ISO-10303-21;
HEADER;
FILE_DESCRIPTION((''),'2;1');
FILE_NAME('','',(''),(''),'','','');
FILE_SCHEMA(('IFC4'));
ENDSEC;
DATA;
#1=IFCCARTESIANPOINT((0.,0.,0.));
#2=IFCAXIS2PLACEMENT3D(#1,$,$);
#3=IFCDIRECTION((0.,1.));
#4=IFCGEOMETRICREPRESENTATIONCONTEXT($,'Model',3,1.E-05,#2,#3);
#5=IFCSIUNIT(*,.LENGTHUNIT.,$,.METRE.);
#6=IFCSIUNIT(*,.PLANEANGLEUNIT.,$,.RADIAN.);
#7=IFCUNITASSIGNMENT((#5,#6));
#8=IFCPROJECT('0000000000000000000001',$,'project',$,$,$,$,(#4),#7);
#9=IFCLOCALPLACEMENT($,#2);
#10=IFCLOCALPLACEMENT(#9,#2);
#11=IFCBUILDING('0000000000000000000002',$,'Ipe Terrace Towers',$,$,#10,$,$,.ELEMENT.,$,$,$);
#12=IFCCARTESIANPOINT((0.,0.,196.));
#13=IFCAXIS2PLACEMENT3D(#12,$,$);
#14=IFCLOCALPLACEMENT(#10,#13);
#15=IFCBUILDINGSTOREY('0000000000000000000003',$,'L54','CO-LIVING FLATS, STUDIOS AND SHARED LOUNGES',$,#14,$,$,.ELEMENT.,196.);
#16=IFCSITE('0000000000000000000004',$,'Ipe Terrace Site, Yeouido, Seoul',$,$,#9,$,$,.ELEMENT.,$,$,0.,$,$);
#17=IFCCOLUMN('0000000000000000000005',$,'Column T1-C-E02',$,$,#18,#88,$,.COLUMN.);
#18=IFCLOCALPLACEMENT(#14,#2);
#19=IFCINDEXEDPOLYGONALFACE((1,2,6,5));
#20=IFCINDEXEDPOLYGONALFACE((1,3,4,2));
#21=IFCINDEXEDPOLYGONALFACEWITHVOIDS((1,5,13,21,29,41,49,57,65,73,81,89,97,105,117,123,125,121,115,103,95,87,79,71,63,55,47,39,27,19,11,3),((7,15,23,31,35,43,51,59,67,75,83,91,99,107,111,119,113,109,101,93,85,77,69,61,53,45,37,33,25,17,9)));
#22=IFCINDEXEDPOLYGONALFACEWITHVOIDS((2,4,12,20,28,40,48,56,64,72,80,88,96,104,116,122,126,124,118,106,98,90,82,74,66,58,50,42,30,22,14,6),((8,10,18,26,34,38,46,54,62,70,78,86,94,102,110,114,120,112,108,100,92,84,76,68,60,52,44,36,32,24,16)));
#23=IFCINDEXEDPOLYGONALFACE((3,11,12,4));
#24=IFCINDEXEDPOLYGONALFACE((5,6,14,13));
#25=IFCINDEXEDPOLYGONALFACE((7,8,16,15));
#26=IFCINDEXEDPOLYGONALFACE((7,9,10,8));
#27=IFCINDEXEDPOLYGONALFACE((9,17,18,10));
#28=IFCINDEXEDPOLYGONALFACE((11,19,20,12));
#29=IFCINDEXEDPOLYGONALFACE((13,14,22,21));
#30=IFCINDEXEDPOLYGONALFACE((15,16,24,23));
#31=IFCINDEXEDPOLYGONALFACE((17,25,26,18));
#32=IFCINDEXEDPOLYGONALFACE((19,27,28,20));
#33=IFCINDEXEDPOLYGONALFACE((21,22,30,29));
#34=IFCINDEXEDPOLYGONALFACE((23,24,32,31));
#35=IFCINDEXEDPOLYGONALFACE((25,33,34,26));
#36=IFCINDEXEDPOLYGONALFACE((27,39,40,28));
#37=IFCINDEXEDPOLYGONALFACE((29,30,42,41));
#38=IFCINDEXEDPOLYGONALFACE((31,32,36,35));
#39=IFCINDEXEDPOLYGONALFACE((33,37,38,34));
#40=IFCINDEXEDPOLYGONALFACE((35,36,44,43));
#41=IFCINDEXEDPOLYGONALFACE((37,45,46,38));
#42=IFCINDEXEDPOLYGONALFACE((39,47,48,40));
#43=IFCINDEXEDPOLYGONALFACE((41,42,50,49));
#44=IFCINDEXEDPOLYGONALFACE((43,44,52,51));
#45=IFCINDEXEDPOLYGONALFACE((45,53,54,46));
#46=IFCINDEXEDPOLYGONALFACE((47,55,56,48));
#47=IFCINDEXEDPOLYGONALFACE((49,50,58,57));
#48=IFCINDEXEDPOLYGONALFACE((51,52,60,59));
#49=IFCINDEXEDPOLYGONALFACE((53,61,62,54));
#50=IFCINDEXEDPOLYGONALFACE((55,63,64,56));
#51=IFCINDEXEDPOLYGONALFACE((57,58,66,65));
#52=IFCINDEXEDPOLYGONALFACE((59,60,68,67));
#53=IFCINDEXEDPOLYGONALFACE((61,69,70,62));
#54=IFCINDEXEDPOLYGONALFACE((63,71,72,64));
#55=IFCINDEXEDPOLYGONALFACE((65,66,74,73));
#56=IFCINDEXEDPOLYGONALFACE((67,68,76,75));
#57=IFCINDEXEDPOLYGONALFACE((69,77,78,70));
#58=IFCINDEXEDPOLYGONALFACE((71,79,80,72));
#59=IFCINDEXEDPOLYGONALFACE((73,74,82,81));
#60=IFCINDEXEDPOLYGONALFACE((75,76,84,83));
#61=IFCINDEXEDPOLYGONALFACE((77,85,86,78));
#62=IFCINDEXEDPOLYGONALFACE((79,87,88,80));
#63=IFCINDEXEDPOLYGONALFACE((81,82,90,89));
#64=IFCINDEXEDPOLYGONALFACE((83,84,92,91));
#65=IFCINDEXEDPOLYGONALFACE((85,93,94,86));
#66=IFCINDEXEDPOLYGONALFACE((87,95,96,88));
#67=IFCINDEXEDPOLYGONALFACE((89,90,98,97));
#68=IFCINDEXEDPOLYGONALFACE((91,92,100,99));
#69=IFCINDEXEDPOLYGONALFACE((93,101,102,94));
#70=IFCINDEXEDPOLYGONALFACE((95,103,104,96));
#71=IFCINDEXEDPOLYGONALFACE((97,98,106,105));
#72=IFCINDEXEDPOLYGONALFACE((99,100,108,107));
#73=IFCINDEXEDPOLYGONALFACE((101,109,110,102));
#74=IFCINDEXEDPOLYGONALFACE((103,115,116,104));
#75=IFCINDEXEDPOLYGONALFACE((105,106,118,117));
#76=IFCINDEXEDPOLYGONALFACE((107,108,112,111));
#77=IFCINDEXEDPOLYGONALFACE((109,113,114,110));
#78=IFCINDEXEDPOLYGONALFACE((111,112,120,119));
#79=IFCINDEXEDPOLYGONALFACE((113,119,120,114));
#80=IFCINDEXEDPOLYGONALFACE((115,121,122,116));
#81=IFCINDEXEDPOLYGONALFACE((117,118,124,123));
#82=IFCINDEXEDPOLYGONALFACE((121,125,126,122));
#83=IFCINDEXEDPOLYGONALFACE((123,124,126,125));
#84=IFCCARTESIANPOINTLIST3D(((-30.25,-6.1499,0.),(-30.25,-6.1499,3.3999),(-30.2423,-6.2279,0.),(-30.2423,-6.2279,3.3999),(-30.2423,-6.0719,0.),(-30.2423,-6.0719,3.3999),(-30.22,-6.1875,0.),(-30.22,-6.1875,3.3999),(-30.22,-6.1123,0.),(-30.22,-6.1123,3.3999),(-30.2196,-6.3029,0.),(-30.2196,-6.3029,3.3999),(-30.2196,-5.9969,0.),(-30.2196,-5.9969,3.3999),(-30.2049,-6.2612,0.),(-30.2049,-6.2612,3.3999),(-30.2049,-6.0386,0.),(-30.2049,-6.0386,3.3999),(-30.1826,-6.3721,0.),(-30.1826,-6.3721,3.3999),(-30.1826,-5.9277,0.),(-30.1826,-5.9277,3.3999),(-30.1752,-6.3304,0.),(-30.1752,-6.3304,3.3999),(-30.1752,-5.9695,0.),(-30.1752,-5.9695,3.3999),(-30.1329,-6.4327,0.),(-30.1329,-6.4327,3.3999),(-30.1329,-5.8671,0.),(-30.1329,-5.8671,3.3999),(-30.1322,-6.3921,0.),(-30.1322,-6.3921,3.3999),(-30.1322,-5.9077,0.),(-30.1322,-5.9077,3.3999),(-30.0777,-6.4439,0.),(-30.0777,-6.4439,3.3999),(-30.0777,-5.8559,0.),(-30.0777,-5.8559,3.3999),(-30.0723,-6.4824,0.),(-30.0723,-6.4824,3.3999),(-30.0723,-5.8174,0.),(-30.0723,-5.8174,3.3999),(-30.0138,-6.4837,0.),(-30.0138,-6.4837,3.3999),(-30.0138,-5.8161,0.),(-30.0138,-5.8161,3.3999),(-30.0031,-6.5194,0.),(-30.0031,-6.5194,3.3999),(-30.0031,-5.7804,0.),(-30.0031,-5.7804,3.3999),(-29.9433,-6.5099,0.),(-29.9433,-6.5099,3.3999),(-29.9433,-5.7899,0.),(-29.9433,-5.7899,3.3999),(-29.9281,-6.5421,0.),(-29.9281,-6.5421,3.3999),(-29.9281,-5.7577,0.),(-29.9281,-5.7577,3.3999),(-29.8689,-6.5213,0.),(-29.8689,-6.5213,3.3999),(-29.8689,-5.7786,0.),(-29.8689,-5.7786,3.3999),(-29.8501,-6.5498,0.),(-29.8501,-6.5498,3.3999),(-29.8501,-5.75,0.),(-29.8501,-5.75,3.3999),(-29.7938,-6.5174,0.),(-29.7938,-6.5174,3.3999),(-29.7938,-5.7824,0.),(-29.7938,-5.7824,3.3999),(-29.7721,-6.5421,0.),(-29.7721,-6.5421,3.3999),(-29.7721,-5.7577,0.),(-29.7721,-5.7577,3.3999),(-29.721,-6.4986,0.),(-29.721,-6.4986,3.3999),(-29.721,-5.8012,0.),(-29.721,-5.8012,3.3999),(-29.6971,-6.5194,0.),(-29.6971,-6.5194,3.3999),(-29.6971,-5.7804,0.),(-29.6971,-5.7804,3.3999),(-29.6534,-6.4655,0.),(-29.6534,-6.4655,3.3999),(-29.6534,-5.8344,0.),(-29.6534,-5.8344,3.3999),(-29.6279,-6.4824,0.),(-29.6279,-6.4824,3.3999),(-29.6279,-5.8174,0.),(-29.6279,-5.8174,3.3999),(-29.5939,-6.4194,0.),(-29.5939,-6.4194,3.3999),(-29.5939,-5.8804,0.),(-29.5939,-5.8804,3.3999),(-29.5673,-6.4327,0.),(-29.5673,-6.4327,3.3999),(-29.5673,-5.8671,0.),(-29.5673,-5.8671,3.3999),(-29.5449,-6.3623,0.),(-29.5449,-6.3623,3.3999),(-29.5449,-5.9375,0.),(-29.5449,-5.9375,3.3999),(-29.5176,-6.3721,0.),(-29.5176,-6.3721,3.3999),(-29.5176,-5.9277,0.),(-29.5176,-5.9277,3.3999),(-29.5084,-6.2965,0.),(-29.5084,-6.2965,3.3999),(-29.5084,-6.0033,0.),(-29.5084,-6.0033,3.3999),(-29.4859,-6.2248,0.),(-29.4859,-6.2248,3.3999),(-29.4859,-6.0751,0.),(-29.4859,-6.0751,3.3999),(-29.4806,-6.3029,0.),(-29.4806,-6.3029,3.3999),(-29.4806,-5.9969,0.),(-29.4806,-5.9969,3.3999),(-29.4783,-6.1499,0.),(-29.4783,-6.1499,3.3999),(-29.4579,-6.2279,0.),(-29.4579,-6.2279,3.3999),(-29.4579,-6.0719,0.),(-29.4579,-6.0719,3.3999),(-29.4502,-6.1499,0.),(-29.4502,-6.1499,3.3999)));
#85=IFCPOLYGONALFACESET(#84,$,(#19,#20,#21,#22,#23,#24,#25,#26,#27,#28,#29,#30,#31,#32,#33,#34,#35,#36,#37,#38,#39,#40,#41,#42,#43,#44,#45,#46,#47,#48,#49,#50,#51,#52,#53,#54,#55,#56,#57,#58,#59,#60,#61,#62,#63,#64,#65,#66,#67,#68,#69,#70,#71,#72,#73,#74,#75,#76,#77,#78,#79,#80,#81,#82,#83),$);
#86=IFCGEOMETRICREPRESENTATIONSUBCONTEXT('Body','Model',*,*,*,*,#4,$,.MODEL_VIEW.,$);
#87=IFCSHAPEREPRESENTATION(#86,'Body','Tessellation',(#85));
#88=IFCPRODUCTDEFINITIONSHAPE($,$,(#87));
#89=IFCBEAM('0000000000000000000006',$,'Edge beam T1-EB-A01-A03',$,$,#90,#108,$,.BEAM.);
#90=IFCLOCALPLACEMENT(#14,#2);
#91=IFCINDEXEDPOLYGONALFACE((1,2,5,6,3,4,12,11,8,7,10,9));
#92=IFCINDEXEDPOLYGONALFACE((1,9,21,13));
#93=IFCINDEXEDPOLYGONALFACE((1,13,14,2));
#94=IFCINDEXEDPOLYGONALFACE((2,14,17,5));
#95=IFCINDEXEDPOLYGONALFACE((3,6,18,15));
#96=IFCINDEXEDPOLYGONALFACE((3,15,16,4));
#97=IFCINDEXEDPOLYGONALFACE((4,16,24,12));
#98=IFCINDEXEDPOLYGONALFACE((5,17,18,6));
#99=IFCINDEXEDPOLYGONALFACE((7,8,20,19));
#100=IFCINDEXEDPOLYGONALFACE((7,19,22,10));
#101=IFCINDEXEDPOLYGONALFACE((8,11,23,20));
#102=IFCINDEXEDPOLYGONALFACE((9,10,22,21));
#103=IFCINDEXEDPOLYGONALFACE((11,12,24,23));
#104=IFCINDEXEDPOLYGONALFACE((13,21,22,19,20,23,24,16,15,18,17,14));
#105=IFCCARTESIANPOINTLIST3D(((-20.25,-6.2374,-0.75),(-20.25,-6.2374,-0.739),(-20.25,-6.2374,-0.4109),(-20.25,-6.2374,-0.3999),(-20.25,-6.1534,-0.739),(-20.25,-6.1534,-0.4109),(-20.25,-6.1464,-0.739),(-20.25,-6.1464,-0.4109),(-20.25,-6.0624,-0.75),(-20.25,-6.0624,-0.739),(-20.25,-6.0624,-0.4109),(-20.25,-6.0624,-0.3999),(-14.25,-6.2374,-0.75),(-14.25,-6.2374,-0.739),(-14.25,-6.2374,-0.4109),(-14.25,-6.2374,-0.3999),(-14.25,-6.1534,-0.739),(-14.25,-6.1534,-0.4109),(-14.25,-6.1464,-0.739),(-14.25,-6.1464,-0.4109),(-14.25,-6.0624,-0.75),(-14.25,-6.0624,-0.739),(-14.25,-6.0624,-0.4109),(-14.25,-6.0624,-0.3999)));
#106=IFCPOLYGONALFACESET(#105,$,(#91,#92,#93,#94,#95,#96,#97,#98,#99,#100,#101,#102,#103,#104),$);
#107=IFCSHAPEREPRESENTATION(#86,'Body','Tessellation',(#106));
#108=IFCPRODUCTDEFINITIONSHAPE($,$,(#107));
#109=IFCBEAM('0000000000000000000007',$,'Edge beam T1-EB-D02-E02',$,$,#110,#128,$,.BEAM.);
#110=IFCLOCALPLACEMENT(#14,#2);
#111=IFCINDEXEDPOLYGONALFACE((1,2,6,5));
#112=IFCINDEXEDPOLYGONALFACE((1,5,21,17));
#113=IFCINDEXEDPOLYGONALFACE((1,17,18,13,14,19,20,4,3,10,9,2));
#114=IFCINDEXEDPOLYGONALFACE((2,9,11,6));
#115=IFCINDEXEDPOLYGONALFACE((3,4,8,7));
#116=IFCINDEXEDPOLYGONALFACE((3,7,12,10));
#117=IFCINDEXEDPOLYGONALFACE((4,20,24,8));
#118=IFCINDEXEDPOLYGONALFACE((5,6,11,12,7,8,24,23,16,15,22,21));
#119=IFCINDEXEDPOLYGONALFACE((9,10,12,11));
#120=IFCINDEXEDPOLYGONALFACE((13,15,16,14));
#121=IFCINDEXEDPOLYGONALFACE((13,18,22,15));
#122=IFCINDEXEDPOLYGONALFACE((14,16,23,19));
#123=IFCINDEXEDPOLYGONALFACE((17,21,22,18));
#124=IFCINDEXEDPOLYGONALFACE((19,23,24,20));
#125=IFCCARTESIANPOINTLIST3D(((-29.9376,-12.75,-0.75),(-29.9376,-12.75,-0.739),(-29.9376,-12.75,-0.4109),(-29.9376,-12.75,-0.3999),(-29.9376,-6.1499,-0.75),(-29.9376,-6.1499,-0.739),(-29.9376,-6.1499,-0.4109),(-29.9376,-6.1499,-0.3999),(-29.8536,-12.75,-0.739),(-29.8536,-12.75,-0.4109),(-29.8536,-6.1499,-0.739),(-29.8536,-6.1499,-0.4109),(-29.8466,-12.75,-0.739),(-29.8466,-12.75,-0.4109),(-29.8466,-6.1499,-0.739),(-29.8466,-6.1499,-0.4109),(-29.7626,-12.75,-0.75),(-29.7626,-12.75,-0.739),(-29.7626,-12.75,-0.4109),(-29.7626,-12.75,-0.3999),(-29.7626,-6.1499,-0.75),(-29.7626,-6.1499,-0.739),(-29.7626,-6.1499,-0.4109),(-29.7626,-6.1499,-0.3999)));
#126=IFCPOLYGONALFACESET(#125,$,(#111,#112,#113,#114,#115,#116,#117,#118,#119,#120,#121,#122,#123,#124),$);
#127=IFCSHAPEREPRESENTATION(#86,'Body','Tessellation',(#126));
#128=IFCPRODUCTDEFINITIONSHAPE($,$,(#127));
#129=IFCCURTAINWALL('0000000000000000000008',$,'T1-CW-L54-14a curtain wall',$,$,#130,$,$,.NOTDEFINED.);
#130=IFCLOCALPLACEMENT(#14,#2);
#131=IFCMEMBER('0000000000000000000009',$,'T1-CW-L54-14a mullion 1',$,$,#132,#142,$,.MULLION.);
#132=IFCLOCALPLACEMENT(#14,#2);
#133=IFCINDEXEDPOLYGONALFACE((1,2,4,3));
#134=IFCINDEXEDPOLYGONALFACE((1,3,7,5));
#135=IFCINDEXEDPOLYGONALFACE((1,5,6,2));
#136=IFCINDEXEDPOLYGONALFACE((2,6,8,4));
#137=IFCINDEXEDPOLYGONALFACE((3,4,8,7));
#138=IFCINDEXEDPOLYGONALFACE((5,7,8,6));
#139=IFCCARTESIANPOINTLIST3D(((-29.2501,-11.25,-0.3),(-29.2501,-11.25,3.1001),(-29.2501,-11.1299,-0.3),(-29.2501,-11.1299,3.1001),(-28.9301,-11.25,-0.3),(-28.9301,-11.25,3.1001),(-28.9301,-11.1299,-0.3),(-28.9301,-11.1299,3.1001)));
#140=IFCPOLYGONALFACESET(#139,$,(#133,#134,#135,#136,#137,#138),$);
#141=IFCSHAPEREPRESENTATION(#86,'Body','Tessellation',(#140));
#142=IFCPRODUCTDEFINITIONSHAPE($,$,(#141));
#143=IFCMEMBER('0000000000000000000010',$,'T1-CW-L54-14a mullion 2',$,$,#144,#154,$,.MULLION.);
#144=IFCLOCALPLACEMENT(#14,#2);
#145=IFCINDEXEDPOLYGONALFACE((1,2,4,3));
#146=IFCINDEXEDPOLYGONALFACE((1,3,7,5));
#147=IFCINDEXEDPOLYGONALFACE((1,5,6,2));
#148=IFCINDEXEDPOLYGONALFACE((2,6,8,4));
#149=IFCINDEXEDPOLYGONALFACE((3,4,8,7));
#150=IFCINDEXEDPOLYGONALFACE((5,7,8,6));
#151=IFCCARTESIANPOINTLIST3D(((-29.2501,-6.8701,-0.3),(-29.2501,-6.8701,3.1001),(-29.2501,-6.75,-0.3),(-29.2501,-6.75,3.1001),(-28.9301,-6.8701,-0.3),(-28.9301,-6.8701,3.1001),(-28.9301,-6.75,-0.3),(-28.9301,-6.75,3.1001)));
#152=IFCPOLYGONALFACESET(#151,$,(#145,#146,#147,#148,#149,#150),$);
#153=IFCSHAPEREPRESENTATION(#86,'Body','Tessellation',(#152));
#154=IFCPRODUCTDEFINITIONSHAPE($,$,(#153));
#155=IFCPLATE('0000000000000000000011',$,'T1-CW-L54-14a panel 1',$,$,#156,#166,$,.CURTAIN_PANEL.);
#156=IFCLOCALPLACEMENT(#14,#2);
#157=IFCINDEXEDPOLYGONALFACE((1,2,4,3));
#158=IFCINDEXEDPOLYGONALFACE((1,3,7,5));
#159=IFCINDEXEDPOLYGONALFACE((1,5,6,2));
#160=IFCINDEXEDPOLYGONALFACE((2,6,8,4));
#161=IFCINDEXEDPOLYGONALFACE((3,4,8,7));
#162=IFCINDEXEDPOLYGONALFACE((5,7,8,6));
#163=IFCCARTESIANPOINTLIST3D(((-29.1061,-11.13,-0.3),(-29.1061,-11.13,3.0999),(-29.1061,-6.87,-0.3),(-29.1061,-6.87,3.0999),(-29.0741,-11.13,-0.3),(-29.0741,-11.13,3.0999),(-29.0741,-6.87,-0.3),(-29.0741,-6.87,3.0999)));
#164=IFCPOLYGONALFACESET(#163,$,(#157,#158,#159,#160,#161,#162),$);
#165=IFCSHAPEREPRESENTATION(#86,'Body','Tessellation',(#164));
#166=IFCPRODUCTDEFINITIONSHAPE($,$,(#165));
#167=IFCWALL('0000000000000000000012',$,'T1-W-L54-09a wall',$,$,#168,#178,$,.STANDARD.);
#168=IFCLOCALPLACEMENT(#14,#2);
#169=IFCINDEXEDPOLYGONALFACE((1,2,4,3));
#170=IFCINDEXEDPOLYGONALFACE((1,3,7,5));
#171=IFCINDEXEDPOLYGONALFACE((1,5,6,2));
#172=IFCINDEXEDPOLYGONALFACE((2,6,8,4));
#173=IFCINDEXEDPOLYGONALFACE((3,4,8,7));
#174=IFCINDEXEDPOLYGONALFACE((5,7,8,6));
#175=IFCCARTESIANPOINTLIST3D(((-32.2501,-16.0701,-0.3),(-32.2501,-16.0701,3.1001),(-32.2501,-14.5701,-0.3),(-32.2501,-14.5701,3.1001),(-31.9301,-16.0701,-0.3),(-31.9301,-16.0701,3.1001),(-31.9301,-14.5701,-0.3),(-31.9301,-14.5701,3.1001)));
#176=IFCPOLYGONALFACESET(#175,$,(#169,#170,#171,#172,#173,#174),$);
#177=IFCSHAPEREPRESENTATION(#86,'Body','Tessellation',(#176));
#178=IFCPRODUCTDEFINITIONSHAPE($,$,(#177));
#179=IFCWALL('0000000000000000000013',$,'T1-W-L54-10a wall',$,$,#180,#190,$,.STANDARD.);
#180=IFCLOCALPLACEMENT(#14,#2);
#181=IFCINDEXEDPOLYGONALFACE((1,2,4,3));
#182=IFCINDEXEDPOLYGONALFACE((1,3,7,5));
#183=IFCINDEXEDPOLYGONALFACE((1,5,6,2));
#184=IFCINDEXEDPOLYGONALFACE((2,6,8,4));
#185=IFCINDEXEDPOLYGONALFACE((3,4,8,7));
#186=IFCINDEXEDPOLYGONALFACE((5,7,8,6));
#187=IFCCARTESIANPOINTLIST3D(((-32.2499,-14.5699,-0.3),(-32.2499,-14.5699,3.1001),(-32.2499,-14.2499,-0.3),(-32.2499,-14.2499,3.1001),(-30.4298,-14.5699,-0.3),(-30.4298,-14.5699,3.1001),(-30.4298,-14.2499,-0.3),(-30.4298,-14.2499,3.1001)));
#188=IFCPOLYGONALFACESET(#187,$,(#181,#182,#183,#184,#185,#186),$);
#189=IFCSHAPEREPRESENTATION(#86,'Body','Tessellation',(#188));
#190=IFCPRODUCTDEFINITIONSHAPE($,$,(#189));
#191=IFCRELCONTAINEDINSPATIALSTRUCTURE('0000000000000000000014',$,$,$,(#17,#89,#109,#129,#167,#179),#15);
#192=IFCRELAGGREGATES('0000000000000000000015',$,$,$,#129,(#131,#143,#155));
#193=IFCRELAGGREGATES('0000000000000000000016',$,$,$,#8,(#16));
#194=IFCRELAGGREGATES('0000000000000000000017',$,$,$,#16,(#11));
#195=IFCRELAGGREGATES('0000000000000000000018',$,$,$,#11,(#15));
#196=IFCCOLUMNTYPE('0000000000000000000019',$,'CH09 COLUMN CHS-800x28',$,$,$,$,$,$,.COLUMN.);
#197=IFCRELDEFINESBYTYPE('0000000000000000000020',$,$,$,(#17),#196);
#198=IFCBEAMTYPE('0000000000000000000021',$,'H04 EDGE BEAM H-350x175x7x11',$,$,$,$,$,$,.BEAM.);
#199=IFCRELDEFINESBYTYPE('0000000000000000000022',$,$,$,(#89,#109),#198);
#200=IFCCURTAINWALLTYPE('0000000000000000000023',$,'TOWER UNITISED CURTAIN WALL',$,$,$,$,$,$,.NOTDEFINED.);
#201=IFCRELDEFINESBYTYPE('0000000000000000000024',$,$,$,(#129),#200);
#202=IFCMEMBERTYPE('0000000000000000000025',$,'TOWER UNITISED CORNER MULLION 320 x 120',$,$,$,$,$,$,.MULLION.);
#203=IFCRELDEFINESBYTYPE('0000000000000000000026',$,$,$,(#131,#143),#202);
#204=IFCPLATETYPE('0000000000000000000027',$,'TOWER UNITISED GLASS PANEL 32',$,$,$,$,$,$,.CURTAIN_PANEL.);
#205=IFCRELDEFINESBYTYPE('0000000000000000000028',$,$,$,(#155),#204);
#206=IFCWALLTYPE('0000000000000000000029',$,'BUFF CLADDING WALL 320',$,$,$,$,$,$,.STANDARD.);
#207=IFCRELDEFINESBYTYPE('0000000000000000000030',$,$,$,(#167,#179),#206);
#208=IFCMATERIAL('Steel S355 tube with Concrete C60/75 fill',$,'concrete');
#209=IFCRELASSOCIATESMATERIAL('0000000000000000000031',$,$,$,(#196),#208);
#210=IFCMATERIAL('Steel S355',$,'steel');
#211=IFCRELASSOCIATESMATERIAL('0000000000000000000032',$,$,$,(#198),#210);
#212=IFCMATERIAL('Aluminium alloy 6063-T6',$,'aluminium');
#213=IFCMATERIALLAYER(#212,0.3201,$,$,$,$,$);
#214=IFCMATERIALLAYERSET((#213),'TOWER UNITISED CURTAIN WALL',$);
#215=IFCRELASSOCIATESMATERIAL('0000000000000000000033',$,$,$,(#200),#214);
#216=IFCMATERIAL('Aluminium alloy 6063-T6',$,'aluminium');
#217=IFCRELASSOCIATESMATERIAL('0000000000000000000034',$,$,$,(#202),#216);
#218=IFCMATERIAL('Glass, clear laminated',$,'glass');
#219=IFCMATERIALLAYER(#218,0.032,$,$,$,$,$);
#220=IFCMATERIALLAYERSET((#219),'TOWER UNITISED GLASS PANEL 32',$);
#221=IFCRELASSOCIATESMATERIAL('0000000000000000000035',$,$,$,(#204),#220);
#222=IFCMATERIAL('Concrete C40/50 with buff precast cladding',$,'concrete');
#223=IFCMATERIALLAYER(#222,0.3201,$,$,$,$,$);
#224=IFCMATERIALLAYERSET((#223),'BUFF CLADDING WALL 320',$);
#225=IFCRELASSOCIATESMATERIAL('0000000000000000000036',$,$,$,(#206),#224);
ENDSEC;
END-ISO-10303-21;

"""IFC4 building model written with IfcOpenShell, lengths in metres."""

from ifc_helpers import new_model, si_unit, direction, frame, frame_2d, origin, origin_2d, place, context, subcontext, project, spatial, rectangle, hollow_circle, i_section, extrude, material, layer, layer_set, material_profile, profile_set, type_object, element, aggregate, save


model = new_model("IFC4")

# Units and contexts
model_context = context("Model", 3, precision=1e-05, world=origin(), true_north=direction((0.0, 1.0)))
body_context = subcontext(model_context, "Body", "Model", "MODEL_VIEW")
ifc_project = project(units=[si_unit("LENGTHUNIT", "METRE"), si_unit("PLANEANGLEUNIT", "RADIAN")], contexts=[model_context])

# Site, building, storey
site_placement = place(None, origin())
site = spatial("IfcSite", under=ifc_project, at=site_placement, Name="Ipe Terrace Site, Yeouido, Seoul", CompositionType="ELEMENT", RefElevation=0.0)
building_placement = place(site_placement, origin())
building = spatial("IfcBuilding", under=site, at=building_placement, Name="Ipe Terrace Towers", CompositionType="ELEMENT")
storey_placement = place(building_placement, frame((0.0, 0.0, 196.0)))
storey = spatial("IfcBuildingStorey", under=building, at=storey_placement, Name="L54", Description="CO-LIVING FLATS, STUDIOS AND SHARED LOUNGES", CompositionType="ELEMENT", Elevation=196.0)

# Column
ifc_material_1 = material(Name="Steel S355 tube with Concrete C60/75 fill", Category="concrete")
ifc_material_profile_1 = material_profile(ifc_material_1, hollow_circle(Radius=0.3999, WallThickness=0.0281, at=origin_2d()), Name="CHS-800x28")
ifc_profile_set_1 = profile_set([ifc_material_profile_1], Name="Steel S355 tube with Concrete C60/75 fill")
column_type_1 = type_object("IfcColumnType", Name="CH09 COLUMN CHS-800x28", PredefinedType="COLUMN", material=ifc_profile_set_1)
column_placement = place(storey_placement, frame((-29.8501, -6.1499, 0.0), z_axis=(0.0, 0.0, 1.0), x_axis=(1.0, 0.0, 0.0)))
element("IfcColumn", 1, at=column_placement, inside=storey, type_object=column_type_1, Name="Column T1-C-E02", PredefinedType="COLUMN", context=body_context, shape_type="SweptSolid", body=[
    extrude(hollow_circle(Radius=0.3999, WallThickness=0.0281, at=origin_2d()), origin(), (0.0, 0.0, 1.0), 3.3999),
])

# Beams
ifc_material_2 = material(Name="Steel S355", Category="steel")
ifc_material_profile_2 = material_profile(ifc_material_2, i_section(OverallWidth=0.175, OverallDepth=0.3501, WebThickness=0.0071, FlangeThickness=0.011, at=origin_2d()), Name="H-350x175x7x11")
ifc_profile_set_2 = profile_set([ifc_material_profile_2], Name="Steel S355")
beam_type = type_object("IfcBeamType", Name="H04 EDGE BEAM H-350x175x7x11", PredefinedType="BEAM", material=ifc_profile_set_2)
beam_1_placement = place(storey_placement, frame((-20.25, -6.1499, -0.575), z_axis=(1.0, 0.0, 0.0), x_axis=(0.0, 1.0, 0.0)))
element("IfcBeam", 2, at=beam_1_placement, inside=storey, type_object=beam_type, Name="Edge beam T1-EB-A01-A03", PredefinedType="BEAM", context=body_context, shape_type="SweptSolid", body=[
    extrude(i_section(OverallWidth=0.175, OverallDepth=0.3501, WebThickness=0.0071, FlangeThickness=0.011, at=origin_2d()), origin(), (0.0, 0.0, 1.0), 6.0),
])
beam_2_placement = place(storey_placement, frame((-29.8501, -12.75, -0.575), z_axis=(0.0, 1.0, 0.0), x_axis=(-1.0, 0.0, 0.0)))
element("IfcBeam", 3, at=beam_2_placement, inside=storey, type_object=beam_type, Name="Edge beam T1-EB-D02-E02", PredefinedType="BEAM", context=body_context, shape_type="SweptSolid", body=[
    extrude(i_section(OverallWidth=0.175, OverallDepth=0.3501, WebThickness=0.0071, FlangeThickness=0.011, at=origin_2d()), origin(), (0.0, 0.0, 1.0), 6.6001),
])

# Curtain wall, members, plate
ifc_material_3 = material(Name="Aluminium alloy 6063-T6", Category="aluminium")
ifc_layer_1 = layer(ifc_material_3, 0.3201)
ifc_layer_set_1 = layer_set([ifc_layer_1], Name="TOWER UNITISED CURTAIN WALL")
curtain_wall_type = type_object("IfcCurtainWallType", Name="TOWER UNITISED CURTAIN WALL", PredefinedType="NOTDEFINED", material=ifc_layer_set_1)
curtain_wall_placement = place(storey_placement, origin())
curtain_wall = element("IfcCurtainWall", 4, at=curtain_wall_placement, inside=storey, type_object=curtain_wall_type, Name="T1-CW-L54-14a curtain wall", PredefinedType="NOTDEFINED")
ifc_material_4 = material(Name="Aluminium alloy 6063-T6", Category="aluminium")
ifc_material_profile_3 = material_profile(ifc_material_4, rectangle(XDim=0.3201, YDim=0.1201, at=origin_2d()), Name="TOWER UNITISED CORNER MULLION 320 x 120")
ifc_profile_set_3 = profile_set([ifc_material_profile_3], Name="Aluminium alloy 6063-T6")
member_type = type_object("IfcMemberType", Name="TOWER UNITISED CORNER MULLION 320 x 120", PredefinedType="MULLION", material=ifc_profile_set_3)
member_1_placement = place(storey_placement, frame((-29.0901, -11.1899, -0.3), z_axis=(0.0, 0.0, 1.0), x_axis=(1.0, 0.0, 0.0)))
member_1 = element("IfcMember", 5, at=member_1_placement, type_object=member_type, Name="T1-CW-L54-14a mullion 1", PredefinedType="MULLION", context=body_context, shape_type="SweptSolid", body=[
    extrude(rectangle(XDim=0.3201, YDim=0.1201, at=origin_2d()), origin(), (0.0, 0.0, 1.0), 3.4001),
])
member_2_placement = place(storey_placement, frame((-29.0901, -6.8101, -0.3), z_axis=(0.0, 0.0, 1.0), x_axis=(1.0, 0.0, 0.0)))
member_2 = element("IfcMember", 6, at=member_2_placement, type_object=member_type, Name="T1-CW-L54-14a mullion 2", PredefinedType="MULLION", context=body_context, shape_type="SweptSolid", body=[
    extrude(rectangle(XDim=0.3201, YDim=0.1201, at=origin_2d()), origin(), (0.0, 0.0, 1.0), 3.4001),
])
ifc_material_5 = material(Name="Glass, clear laminated", Category="glass")
ifc_layer_2 = layer(ifc_material_5, 0.032)
ifc_layer_set_2 = layer_set([ifc_layer_2], Name="TOWER UNITISED GLASS PANEL 32")
plate_type = type_object("IfcPlateType", Name="TOWER UNITISED GLASS PANEL 32", PredefinedType="CURTAIN_PANEL", material=ifc_layer_set_2)
plate_placement = place(storey_placement, frame((-29.0901, -9.0, -0.3), z_axis=(0.0, 0.0, 1.0), x_axis=(0.0, 1.0, 0.0)))
plate = element("IfcPlate", 7, at=plate_placement, type_object=plate_type, Name="T1-CW-L54-14a panel 1", PredefinedType="CURTAIN_PANEL", context=body_context, shape_type="SweptSolid", body=[
    extrude(rectangle(XDim=4.26, YDim=0.032, at=origin_2d()), origin(), (0.0, 0.0, 1.0), 3.3999),
])
aggregate(curtain_wall, [member_1, member_2, plate])

# Walls
ifc_material_6 = material(Name="Concrete C40/50 with buff precast cladding", Category="concrete")
ifc_layer_3 = layer(ifc_material_6, 0.3201)
ifc_layer_set_3 = layer_set([ifc_layer_3], Name="BUFF CLADDING WALL 320")
wall_type_1 = type_object("IfcWallType", Name="BUFF CLADDING WALL 320", PredefinedType="STANDARD", material=ifc_layer_set_3)
wall_1_placement = place(storey_placement, frame((-32.0901, -16.0701, -0.3), z_axis=(0.0, 0.0, 1.0), x_axis=(0.0, 1.0, 0.0)))
element("IfcWall", 8, at=wall_1_placement, inside=storey, type_object=wall_type_1, Name="T1-W-L54-09a wall", PredefinedType="STANDARD", context=body_context, shape_type="SweptSolid", body=[
    extrude(rectangle(XDim=1.5, YDim=0.3201, at=frame_2d((0.75, 0.0))), origin(), (0.0, 0.0, 1.0), 3.4001),
])
wall_2_placement = place(storey_placement, frame((-32.25, -14.4099, -0.3), z_axis=(0.0, 0.0, 1.0), x_axis=(1.0, 0.0, 0.0)))
element("IfcWall", 9, at=wall_2_placement, inside=storey, type_object=wall_type_1, Name="T1-W-L54-10a wall", PredefinedType="STANDARD", context=body_context, shape_type="SweptSolid", body=[
    extrude(rectangle(XDim=1.8201, YDim=0.3201, at=frame_2d((0.9102, 0.0))), origin(), (0.0, 0.0, 1.0), 3.4001),
])

save(model, "model.ifc")
